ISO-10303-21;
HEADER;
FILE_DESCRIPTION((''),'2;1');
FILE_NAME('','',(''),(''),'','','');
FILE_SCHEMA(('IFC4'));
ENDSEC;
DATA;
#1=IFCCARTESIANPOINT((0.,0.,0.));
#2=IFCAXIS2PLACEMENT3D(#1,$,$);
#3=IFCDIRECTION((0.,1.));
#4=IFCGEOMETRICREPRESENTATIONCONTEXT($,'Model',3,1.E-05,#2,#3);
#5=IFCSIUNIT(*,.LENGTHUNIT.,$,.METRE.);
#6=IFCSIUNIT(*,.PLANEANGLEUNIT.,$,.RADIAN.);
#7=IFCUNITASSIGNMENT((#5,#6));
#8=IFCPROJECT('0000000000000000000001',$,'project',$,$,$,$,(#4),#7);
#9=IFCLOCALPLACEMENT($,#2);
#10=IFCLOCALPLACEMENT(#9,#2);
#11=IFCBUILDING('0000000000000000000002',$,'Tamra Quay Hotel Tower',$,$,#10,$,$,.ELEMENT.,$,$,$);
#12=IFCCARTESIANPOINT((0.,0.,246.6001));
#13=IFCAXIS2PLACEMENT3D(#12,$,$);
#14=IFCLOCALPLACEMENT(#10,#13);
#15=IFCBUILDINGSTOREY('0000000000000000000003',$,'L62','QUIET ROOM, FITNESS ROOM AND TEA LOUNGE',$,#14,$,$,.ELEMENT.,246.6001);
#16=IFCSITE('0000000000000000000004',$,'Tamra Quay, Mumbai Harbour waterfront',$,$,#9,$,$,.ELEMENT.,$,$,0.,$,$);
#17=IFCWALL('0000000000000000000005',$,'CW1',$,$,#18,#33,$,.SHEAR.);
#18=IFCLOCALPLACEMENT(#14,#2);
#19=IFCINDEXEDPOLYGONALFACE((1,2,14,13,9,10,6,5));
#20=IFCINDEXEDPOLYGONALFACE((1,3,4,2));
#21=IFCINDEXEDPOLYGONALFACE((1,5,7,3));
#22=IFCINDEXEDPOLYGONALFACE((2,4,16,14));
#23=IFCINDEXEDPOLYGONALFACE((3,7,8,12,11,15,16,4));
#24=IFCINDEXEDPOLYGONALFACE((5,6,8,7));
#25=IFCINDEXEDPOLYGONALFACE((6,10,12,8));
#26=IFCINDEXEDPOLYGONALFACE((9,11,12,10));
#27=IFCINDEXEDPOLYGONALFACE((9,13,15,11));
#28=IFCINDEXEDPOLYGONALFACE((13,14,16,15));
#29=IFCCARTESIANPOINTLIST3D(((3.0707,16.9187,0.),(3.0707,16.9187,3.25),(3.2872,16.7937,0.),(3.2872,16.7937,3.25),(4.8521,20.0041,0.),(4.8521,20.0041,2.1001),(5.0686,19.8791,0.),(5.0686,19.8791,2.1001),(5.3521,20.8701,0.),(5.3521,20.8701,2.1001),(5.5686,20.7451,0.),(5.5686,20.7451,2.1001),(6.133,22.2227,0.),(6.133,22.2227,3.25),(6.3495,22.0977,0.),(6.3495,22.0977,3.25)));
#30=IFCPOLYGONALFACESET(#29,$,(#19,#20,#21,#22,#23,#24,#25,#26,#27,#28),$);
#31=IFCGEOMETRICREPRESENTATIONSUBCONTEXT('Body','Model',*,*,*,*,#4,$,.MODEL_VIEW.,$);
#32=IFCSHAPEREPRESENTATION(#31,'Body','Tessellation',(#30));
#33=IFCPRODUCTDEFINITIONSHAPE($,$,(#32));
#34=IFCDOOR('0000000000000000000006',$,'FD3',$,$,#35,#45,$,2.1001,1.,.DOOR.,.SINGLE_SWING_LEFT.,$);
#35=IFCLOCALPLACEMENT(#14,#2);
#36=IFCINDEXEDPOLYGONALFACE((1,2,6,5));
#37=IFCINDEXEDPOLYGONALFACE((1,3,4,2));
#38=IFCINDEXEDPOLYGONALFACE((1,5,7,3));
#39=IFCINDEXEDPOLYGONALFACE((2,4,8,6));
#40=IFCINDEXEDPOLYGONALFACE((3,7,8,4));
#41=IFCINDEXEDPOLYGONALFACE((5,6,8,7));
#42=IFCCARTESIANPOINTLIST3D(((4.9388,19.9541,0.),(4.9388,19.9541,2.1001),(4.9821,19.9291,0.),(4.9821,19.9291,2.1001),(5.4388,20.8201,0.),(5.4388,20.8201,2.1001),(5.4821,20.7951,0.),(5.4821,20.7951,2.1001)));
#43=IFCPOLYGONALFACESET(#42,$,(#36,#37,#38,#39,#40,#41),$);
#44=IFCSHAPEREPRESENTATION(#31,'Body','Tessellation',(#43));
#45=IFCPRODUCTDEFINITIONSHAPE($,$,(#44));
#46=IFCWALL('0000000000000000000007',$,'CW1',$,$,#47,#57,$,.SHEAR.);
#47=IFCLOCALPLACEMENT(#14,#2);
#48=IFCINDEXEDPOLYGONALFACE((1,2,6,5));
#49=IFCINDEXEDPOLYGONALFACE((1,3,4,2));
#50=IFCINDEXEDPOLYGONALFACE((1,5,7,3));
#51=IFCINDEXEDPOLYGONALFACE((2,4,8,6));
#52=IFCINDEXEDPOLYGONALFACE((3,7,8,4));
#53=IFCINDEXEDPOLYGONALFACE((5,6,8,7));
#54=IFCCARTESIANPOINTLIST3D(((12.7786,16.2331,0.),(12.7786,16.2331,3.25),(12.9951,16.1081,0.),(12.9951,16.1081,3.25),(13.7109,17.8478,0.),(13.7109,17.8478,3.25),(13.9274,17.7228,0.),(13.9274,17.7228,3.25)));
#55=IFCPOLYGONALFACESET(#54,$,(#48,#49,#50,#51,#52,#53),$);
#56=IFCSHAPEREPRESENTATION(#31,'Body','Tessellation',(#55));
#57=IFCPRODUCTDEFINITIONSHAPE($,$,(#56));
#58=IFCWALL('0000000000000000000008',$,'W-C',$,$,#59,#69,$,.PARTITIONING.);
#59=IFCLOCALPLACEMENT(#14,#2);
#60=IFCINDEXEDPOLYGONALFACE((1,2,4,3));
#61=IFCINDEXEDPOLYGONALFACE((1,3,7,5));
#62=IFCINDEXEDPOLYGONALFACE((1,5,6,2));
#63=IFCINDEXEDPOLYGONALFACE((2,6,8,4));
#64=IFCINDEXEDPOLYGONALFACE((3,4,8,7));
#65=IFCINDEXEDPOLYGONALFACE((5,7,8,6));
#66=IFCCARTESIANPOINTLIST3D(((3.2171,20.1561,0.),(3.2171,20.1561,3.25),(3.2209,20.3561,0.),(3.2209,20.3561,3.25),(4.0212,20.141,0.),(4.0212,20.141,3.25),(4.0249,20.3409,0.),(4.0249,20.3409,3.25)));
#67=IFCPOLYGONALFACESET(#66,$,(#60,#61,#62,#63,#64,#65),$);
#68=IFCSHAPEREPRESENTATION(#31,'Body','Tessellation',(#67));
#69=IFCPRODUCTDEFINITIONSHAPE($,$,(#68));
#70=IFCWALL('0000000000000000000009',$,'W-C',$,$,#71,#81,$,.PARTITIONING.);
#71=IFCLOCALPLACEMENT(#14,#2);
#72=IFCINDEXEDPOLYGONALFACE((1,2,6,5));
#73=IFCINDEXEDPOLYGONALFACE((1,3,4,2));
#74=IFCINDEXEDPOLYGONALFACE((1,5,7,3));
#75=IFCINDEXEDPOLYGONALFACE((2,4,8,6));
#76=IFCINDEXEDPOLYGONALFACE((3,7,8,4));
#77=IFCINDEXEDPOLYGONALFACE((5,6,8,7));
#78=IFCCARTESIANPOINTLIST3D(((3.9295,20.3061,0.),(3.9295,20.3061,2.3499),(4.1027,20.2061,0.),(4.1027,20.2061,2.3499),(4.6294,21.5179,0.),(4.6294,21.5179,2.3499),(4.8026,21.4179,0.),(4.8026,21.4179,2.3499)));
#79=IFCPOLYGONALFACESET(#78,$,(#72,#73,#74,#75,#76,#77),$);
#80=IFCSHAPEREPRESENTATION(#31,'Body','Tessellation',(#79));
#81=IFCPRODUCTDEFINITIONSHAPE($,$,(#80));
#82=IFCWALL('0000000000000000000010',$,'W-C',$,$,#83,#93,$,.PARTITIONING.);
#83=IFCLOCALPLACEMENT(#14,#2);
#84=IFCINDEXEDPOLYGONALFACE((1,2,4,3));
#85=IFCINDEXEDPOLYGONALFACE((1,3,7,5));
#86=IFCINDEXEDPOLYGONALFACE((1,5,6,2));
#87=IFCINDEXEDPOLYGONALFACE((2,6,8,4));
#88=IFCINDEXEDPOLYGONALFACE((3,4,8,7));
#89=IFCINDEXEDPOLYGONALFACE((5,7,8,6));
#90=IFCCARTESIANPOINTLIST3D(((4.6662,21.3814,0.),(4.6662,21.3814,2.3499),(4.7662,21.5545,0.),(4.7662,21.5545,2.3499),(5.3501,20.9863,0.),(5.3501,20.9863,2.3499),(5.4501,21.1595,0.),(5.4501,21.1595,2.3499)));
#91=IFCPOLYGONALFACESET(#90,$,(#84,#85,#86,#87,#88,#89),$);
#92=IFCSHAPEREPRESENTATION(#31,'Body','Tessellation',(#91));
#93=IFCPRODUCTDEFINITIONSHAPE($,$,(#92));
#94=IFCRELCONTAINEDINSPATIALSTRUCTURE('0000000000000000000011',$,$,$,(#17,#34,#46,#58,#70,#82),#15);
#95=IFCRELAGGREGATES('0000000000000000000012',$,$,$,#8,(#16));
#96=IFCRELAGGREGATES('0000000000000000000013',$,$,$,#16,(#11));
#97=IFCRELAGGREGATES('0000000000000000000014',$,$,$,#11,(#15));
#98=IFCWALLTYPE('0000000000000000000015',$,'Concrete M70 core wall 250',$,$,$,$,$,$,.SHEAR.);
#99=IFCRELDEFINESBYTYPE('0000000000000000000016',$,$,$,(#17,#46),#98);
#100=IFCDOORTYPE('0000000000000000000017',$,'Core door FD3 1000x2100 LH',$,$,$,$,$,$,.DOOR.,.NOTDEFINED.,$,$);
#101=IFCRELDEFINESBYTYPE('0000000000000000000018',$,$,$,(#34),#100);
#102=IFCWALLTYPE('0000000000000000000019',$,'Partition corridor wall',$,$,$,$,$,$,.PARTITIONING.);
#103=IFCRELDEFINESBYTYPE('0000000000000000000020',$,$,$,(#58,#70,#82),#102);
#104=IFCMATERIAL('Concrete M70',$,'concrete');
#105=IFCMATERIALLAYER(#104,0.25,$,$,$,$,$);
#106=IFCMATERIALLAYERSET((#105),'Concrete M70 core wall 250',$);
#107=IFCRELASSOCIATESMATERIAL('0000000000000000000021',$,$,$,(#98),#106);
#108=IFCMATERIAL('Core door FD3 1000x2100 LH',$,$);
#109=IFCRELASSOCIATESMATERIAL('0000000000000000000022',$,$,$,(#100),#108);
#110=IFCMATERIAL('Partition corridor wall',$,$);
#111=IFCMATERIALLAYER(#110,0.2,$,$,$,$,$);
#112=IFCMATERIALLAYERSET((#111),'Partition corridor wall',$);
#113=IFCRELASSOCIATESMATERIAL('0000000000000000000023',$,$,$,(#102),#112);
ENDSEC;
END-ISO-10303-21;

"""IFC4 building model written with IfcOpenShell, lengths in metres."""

from ifc_helpers import new_model, si_unit, direction, frame, frame_2d, origin, place, context, subcontext, project, spatial, rectangle, extrude, material, layer, layer_set, type_object, element, fill, save


model = new_model("IFC4")

# Units and contexts
model_context = context("Model", 3, precision=1e-05, world=origin(), true_north=direction((0.0, 1.0)))
body_context = subcontext(model_context, "Body", "Model", "MODEL_VIEW")
ifc_project = project(units=[si_unit("LENGTHUNIT", "METRE"), si_unit("PLANEANGLEUNIT", "RADIAN")], contexts=[model_context])

# Site, building, storey
site_placement = place(None, origin())
site = spatial("IfcSite", under=ifc_project, at=site_placement, Name="Tamra Quay, Mumbai Harbour waterfront", CompositionType="ELEMENT", RefElevation=0.0)
building_placement = place(site_placement, origin())
building = spatial("IfcBuilding", under=site, at=building_placement, Name="Tamra Quay Hotel Tower", CompositionType="ELEMENT")
storey_placement = place(building_placement, frame((0.0, 0.0, 246.6001)))
storey = spatial("IfcBuildingStorey", under=building, at=storey_placement, Name="L62", Description="QUIET ROOM, FITNESS ROOM AND TEA LOUNGE", CompositionType="ELEMENT", Elevation=246.6001)

# Shared definitions
ifc_material_1 = material(Name="Concrete M70", Category="concrete")

# Shared definitions
ifc_layer_1 = layer(ifc_material_1, 0.25)
ifc_layer_set_1 = layer_set([ifc_layer_1], Name="Concrete M70 core wall 250")
wall_type_1 = type_object("IfcWallType", Name="Concrete M70 core wall 250", PredefinedType="SHEAR", material=ifc_layer_set_1)

# Wall, opening, door
wall_1_placement = place(storey_placement, frame((3.179, 16.8562, 0.0), z_axis=(0.0, 0.0, 1.0), x_axis=(0.500002, 0.866024, 0.0)))
wall_1 = element("IfcWall", 1, at=wall_1_placement, inside=storey, type_object=wall_type_1, Name="CW1", PredefinedType="SHEAR", context=body_context, shape_type="SweptSolid", body=[
    extrude(rectangle(XDim=6.1245, YDim=0.25, at=frame_2d((3.0623, 0.0))), origin(), (0.0, 0.0, 1.0), 3.25),
])
opening_placement = place(wall_1_placement, frame((3.5627, 0.0, 0.0)))
opening = element("IfcOpeningElement", 2, at=opening_placement, cuts=wall_1, PredefinedType="OPENING", context=body_context, shape_type="SweptSolid", body=[
    extrude(rectangle(XDim=1.0, YDim=2.1001, at=frame_2d((0.5, 1.05))), frame((0.0, 0.135, 0.0), z_axis=(0.0, -1.0, 0.0), x_axis=(1.0, 0.0, 0.0)), (0.0, 0.0, 1.0), 0.27),
])
ifc_material_2 = material(Name="Core door FD3 1000x2100 LH")
door_type = type_object("IfcDoorType", Name="Core door FD3 1000x2100 LH", OperationType="NOTDEFINED", PredefinedType="DOOR", material=ifc_material_2)
door_placement = place(opening_placement, origin())
door = element("IfcDoor", 3, at=door_placement, inside=storey, type_object=door_type, Name="FD3", OperationType="SINGLE_SWING_LEFT", OverallHeight=2.1001, OverallWidth=1.0, PredefinedType="DOOR", context=body_context, shape_type="SweptSolid", body=[
    extrude(rectangle(XDim=1.0, YDim=2.1001, at=frame_2d((0.5, 1.05))), frame((0.0, 0.0249, 0.0), z_axis=(0.0, -1.0, 0.0), x_axis=(1.0, 0.0, 0.0)), (0.0, 0.0, 1.0), 0.05),
])
fill(opening, door)

# Walls
wall_2_placement = place(storey_placement, frame((13.8191, 17.7852, 0.0), z_axis=(0.0, 0.0, 1.0), x_axis=(-0.50004, -0.866002, 0.0)))
element("IfcWall", 4, at=wall_2_placement, inside=storey, type_object=wall_type_1, Name="CW1", PredefinedType="SHEAR", context=body_context, shape_type="SweptSolid", body=[
    extrude(rectangle(XDim=1.8645, YDim=0.25, at=frame_2d((0.9321, 0.0))), origin(), (0.0, 0.0, 1.0), 3.25),
])
ifc_material_3 = material(Name="Partition corridor wall")
ifc_layer_2 = layer(ifc_material_3, 0.2)
ifc_layer_set_2 = layer_set([ifc_layer_2], Name="Partition corridor wall")
wall_type_2 = type_object("IfcWallType", Name="Partition corridor wall", PredefinedType="PARTITIONING", material=ifc_layer_set_2)
wall_3_placement = place(storey_placement, frame((3.219, 20.2561, 0.0), z_axis=(0.0, 0.0, 1.0), x_axis=(0.999823, -0.018824, 0.0)))
element("IfcWall", 5, at=wall_3_placement, inside=storey, type_object=wall_type_2, Name="W-C", PredefinedType="PARTITIONING", context=body_context, shape_type="SweptSolid", body=[
    extrude(rectangle(XDim=0.8042, YDim=0.2, at=frame_2d((0.4021, 0.0))), origin(), (0.0, 0.0, 1.0), 3.25),
])
wall_4_placement = place(storey_placement, frame((4.0161, 20.2561, 0.0), z_axis=(0.0, 0.0, 1.0), x_axis=(0.500135, 0.865947, 0.0)))
element("IfcWall", 6, at=wall_4_placement, inside=storey, type_object=wall_type_2, Name="W-C", PredefinedType="PARTITIONING", context=body_context, shape_type="SweptSolid", body=[
    extrude(rectangle(XDim=1.3994, YDim=0.2, at=frame_2d((0.6997, 0.0))), origin(), (0.0, 0.0, 1.0), 2.3499),
])
wall_5_placement = place(storey_placement, frame((4.7161, 21.468, 0.0), z_axis=(0.0, 0.0, 1.0), x_axis=(0.865913, -0.500195, 0.0)))
element("IfcWall", 7, at=wall_5_placement, inside=storey, type_object=wall_type_2, Name="W-C", PredefinedType="PARTITIONING", context=body_context, shape_type="SweptSolid", body=[
    extrude(rectangle(XDim=0.7898, YDim=0.2, at=frame_2d((0.395, 0.0))), origin(), (0.0, 0.0, 1.0), 2.3499),
])

save(model, "model.ifc")
